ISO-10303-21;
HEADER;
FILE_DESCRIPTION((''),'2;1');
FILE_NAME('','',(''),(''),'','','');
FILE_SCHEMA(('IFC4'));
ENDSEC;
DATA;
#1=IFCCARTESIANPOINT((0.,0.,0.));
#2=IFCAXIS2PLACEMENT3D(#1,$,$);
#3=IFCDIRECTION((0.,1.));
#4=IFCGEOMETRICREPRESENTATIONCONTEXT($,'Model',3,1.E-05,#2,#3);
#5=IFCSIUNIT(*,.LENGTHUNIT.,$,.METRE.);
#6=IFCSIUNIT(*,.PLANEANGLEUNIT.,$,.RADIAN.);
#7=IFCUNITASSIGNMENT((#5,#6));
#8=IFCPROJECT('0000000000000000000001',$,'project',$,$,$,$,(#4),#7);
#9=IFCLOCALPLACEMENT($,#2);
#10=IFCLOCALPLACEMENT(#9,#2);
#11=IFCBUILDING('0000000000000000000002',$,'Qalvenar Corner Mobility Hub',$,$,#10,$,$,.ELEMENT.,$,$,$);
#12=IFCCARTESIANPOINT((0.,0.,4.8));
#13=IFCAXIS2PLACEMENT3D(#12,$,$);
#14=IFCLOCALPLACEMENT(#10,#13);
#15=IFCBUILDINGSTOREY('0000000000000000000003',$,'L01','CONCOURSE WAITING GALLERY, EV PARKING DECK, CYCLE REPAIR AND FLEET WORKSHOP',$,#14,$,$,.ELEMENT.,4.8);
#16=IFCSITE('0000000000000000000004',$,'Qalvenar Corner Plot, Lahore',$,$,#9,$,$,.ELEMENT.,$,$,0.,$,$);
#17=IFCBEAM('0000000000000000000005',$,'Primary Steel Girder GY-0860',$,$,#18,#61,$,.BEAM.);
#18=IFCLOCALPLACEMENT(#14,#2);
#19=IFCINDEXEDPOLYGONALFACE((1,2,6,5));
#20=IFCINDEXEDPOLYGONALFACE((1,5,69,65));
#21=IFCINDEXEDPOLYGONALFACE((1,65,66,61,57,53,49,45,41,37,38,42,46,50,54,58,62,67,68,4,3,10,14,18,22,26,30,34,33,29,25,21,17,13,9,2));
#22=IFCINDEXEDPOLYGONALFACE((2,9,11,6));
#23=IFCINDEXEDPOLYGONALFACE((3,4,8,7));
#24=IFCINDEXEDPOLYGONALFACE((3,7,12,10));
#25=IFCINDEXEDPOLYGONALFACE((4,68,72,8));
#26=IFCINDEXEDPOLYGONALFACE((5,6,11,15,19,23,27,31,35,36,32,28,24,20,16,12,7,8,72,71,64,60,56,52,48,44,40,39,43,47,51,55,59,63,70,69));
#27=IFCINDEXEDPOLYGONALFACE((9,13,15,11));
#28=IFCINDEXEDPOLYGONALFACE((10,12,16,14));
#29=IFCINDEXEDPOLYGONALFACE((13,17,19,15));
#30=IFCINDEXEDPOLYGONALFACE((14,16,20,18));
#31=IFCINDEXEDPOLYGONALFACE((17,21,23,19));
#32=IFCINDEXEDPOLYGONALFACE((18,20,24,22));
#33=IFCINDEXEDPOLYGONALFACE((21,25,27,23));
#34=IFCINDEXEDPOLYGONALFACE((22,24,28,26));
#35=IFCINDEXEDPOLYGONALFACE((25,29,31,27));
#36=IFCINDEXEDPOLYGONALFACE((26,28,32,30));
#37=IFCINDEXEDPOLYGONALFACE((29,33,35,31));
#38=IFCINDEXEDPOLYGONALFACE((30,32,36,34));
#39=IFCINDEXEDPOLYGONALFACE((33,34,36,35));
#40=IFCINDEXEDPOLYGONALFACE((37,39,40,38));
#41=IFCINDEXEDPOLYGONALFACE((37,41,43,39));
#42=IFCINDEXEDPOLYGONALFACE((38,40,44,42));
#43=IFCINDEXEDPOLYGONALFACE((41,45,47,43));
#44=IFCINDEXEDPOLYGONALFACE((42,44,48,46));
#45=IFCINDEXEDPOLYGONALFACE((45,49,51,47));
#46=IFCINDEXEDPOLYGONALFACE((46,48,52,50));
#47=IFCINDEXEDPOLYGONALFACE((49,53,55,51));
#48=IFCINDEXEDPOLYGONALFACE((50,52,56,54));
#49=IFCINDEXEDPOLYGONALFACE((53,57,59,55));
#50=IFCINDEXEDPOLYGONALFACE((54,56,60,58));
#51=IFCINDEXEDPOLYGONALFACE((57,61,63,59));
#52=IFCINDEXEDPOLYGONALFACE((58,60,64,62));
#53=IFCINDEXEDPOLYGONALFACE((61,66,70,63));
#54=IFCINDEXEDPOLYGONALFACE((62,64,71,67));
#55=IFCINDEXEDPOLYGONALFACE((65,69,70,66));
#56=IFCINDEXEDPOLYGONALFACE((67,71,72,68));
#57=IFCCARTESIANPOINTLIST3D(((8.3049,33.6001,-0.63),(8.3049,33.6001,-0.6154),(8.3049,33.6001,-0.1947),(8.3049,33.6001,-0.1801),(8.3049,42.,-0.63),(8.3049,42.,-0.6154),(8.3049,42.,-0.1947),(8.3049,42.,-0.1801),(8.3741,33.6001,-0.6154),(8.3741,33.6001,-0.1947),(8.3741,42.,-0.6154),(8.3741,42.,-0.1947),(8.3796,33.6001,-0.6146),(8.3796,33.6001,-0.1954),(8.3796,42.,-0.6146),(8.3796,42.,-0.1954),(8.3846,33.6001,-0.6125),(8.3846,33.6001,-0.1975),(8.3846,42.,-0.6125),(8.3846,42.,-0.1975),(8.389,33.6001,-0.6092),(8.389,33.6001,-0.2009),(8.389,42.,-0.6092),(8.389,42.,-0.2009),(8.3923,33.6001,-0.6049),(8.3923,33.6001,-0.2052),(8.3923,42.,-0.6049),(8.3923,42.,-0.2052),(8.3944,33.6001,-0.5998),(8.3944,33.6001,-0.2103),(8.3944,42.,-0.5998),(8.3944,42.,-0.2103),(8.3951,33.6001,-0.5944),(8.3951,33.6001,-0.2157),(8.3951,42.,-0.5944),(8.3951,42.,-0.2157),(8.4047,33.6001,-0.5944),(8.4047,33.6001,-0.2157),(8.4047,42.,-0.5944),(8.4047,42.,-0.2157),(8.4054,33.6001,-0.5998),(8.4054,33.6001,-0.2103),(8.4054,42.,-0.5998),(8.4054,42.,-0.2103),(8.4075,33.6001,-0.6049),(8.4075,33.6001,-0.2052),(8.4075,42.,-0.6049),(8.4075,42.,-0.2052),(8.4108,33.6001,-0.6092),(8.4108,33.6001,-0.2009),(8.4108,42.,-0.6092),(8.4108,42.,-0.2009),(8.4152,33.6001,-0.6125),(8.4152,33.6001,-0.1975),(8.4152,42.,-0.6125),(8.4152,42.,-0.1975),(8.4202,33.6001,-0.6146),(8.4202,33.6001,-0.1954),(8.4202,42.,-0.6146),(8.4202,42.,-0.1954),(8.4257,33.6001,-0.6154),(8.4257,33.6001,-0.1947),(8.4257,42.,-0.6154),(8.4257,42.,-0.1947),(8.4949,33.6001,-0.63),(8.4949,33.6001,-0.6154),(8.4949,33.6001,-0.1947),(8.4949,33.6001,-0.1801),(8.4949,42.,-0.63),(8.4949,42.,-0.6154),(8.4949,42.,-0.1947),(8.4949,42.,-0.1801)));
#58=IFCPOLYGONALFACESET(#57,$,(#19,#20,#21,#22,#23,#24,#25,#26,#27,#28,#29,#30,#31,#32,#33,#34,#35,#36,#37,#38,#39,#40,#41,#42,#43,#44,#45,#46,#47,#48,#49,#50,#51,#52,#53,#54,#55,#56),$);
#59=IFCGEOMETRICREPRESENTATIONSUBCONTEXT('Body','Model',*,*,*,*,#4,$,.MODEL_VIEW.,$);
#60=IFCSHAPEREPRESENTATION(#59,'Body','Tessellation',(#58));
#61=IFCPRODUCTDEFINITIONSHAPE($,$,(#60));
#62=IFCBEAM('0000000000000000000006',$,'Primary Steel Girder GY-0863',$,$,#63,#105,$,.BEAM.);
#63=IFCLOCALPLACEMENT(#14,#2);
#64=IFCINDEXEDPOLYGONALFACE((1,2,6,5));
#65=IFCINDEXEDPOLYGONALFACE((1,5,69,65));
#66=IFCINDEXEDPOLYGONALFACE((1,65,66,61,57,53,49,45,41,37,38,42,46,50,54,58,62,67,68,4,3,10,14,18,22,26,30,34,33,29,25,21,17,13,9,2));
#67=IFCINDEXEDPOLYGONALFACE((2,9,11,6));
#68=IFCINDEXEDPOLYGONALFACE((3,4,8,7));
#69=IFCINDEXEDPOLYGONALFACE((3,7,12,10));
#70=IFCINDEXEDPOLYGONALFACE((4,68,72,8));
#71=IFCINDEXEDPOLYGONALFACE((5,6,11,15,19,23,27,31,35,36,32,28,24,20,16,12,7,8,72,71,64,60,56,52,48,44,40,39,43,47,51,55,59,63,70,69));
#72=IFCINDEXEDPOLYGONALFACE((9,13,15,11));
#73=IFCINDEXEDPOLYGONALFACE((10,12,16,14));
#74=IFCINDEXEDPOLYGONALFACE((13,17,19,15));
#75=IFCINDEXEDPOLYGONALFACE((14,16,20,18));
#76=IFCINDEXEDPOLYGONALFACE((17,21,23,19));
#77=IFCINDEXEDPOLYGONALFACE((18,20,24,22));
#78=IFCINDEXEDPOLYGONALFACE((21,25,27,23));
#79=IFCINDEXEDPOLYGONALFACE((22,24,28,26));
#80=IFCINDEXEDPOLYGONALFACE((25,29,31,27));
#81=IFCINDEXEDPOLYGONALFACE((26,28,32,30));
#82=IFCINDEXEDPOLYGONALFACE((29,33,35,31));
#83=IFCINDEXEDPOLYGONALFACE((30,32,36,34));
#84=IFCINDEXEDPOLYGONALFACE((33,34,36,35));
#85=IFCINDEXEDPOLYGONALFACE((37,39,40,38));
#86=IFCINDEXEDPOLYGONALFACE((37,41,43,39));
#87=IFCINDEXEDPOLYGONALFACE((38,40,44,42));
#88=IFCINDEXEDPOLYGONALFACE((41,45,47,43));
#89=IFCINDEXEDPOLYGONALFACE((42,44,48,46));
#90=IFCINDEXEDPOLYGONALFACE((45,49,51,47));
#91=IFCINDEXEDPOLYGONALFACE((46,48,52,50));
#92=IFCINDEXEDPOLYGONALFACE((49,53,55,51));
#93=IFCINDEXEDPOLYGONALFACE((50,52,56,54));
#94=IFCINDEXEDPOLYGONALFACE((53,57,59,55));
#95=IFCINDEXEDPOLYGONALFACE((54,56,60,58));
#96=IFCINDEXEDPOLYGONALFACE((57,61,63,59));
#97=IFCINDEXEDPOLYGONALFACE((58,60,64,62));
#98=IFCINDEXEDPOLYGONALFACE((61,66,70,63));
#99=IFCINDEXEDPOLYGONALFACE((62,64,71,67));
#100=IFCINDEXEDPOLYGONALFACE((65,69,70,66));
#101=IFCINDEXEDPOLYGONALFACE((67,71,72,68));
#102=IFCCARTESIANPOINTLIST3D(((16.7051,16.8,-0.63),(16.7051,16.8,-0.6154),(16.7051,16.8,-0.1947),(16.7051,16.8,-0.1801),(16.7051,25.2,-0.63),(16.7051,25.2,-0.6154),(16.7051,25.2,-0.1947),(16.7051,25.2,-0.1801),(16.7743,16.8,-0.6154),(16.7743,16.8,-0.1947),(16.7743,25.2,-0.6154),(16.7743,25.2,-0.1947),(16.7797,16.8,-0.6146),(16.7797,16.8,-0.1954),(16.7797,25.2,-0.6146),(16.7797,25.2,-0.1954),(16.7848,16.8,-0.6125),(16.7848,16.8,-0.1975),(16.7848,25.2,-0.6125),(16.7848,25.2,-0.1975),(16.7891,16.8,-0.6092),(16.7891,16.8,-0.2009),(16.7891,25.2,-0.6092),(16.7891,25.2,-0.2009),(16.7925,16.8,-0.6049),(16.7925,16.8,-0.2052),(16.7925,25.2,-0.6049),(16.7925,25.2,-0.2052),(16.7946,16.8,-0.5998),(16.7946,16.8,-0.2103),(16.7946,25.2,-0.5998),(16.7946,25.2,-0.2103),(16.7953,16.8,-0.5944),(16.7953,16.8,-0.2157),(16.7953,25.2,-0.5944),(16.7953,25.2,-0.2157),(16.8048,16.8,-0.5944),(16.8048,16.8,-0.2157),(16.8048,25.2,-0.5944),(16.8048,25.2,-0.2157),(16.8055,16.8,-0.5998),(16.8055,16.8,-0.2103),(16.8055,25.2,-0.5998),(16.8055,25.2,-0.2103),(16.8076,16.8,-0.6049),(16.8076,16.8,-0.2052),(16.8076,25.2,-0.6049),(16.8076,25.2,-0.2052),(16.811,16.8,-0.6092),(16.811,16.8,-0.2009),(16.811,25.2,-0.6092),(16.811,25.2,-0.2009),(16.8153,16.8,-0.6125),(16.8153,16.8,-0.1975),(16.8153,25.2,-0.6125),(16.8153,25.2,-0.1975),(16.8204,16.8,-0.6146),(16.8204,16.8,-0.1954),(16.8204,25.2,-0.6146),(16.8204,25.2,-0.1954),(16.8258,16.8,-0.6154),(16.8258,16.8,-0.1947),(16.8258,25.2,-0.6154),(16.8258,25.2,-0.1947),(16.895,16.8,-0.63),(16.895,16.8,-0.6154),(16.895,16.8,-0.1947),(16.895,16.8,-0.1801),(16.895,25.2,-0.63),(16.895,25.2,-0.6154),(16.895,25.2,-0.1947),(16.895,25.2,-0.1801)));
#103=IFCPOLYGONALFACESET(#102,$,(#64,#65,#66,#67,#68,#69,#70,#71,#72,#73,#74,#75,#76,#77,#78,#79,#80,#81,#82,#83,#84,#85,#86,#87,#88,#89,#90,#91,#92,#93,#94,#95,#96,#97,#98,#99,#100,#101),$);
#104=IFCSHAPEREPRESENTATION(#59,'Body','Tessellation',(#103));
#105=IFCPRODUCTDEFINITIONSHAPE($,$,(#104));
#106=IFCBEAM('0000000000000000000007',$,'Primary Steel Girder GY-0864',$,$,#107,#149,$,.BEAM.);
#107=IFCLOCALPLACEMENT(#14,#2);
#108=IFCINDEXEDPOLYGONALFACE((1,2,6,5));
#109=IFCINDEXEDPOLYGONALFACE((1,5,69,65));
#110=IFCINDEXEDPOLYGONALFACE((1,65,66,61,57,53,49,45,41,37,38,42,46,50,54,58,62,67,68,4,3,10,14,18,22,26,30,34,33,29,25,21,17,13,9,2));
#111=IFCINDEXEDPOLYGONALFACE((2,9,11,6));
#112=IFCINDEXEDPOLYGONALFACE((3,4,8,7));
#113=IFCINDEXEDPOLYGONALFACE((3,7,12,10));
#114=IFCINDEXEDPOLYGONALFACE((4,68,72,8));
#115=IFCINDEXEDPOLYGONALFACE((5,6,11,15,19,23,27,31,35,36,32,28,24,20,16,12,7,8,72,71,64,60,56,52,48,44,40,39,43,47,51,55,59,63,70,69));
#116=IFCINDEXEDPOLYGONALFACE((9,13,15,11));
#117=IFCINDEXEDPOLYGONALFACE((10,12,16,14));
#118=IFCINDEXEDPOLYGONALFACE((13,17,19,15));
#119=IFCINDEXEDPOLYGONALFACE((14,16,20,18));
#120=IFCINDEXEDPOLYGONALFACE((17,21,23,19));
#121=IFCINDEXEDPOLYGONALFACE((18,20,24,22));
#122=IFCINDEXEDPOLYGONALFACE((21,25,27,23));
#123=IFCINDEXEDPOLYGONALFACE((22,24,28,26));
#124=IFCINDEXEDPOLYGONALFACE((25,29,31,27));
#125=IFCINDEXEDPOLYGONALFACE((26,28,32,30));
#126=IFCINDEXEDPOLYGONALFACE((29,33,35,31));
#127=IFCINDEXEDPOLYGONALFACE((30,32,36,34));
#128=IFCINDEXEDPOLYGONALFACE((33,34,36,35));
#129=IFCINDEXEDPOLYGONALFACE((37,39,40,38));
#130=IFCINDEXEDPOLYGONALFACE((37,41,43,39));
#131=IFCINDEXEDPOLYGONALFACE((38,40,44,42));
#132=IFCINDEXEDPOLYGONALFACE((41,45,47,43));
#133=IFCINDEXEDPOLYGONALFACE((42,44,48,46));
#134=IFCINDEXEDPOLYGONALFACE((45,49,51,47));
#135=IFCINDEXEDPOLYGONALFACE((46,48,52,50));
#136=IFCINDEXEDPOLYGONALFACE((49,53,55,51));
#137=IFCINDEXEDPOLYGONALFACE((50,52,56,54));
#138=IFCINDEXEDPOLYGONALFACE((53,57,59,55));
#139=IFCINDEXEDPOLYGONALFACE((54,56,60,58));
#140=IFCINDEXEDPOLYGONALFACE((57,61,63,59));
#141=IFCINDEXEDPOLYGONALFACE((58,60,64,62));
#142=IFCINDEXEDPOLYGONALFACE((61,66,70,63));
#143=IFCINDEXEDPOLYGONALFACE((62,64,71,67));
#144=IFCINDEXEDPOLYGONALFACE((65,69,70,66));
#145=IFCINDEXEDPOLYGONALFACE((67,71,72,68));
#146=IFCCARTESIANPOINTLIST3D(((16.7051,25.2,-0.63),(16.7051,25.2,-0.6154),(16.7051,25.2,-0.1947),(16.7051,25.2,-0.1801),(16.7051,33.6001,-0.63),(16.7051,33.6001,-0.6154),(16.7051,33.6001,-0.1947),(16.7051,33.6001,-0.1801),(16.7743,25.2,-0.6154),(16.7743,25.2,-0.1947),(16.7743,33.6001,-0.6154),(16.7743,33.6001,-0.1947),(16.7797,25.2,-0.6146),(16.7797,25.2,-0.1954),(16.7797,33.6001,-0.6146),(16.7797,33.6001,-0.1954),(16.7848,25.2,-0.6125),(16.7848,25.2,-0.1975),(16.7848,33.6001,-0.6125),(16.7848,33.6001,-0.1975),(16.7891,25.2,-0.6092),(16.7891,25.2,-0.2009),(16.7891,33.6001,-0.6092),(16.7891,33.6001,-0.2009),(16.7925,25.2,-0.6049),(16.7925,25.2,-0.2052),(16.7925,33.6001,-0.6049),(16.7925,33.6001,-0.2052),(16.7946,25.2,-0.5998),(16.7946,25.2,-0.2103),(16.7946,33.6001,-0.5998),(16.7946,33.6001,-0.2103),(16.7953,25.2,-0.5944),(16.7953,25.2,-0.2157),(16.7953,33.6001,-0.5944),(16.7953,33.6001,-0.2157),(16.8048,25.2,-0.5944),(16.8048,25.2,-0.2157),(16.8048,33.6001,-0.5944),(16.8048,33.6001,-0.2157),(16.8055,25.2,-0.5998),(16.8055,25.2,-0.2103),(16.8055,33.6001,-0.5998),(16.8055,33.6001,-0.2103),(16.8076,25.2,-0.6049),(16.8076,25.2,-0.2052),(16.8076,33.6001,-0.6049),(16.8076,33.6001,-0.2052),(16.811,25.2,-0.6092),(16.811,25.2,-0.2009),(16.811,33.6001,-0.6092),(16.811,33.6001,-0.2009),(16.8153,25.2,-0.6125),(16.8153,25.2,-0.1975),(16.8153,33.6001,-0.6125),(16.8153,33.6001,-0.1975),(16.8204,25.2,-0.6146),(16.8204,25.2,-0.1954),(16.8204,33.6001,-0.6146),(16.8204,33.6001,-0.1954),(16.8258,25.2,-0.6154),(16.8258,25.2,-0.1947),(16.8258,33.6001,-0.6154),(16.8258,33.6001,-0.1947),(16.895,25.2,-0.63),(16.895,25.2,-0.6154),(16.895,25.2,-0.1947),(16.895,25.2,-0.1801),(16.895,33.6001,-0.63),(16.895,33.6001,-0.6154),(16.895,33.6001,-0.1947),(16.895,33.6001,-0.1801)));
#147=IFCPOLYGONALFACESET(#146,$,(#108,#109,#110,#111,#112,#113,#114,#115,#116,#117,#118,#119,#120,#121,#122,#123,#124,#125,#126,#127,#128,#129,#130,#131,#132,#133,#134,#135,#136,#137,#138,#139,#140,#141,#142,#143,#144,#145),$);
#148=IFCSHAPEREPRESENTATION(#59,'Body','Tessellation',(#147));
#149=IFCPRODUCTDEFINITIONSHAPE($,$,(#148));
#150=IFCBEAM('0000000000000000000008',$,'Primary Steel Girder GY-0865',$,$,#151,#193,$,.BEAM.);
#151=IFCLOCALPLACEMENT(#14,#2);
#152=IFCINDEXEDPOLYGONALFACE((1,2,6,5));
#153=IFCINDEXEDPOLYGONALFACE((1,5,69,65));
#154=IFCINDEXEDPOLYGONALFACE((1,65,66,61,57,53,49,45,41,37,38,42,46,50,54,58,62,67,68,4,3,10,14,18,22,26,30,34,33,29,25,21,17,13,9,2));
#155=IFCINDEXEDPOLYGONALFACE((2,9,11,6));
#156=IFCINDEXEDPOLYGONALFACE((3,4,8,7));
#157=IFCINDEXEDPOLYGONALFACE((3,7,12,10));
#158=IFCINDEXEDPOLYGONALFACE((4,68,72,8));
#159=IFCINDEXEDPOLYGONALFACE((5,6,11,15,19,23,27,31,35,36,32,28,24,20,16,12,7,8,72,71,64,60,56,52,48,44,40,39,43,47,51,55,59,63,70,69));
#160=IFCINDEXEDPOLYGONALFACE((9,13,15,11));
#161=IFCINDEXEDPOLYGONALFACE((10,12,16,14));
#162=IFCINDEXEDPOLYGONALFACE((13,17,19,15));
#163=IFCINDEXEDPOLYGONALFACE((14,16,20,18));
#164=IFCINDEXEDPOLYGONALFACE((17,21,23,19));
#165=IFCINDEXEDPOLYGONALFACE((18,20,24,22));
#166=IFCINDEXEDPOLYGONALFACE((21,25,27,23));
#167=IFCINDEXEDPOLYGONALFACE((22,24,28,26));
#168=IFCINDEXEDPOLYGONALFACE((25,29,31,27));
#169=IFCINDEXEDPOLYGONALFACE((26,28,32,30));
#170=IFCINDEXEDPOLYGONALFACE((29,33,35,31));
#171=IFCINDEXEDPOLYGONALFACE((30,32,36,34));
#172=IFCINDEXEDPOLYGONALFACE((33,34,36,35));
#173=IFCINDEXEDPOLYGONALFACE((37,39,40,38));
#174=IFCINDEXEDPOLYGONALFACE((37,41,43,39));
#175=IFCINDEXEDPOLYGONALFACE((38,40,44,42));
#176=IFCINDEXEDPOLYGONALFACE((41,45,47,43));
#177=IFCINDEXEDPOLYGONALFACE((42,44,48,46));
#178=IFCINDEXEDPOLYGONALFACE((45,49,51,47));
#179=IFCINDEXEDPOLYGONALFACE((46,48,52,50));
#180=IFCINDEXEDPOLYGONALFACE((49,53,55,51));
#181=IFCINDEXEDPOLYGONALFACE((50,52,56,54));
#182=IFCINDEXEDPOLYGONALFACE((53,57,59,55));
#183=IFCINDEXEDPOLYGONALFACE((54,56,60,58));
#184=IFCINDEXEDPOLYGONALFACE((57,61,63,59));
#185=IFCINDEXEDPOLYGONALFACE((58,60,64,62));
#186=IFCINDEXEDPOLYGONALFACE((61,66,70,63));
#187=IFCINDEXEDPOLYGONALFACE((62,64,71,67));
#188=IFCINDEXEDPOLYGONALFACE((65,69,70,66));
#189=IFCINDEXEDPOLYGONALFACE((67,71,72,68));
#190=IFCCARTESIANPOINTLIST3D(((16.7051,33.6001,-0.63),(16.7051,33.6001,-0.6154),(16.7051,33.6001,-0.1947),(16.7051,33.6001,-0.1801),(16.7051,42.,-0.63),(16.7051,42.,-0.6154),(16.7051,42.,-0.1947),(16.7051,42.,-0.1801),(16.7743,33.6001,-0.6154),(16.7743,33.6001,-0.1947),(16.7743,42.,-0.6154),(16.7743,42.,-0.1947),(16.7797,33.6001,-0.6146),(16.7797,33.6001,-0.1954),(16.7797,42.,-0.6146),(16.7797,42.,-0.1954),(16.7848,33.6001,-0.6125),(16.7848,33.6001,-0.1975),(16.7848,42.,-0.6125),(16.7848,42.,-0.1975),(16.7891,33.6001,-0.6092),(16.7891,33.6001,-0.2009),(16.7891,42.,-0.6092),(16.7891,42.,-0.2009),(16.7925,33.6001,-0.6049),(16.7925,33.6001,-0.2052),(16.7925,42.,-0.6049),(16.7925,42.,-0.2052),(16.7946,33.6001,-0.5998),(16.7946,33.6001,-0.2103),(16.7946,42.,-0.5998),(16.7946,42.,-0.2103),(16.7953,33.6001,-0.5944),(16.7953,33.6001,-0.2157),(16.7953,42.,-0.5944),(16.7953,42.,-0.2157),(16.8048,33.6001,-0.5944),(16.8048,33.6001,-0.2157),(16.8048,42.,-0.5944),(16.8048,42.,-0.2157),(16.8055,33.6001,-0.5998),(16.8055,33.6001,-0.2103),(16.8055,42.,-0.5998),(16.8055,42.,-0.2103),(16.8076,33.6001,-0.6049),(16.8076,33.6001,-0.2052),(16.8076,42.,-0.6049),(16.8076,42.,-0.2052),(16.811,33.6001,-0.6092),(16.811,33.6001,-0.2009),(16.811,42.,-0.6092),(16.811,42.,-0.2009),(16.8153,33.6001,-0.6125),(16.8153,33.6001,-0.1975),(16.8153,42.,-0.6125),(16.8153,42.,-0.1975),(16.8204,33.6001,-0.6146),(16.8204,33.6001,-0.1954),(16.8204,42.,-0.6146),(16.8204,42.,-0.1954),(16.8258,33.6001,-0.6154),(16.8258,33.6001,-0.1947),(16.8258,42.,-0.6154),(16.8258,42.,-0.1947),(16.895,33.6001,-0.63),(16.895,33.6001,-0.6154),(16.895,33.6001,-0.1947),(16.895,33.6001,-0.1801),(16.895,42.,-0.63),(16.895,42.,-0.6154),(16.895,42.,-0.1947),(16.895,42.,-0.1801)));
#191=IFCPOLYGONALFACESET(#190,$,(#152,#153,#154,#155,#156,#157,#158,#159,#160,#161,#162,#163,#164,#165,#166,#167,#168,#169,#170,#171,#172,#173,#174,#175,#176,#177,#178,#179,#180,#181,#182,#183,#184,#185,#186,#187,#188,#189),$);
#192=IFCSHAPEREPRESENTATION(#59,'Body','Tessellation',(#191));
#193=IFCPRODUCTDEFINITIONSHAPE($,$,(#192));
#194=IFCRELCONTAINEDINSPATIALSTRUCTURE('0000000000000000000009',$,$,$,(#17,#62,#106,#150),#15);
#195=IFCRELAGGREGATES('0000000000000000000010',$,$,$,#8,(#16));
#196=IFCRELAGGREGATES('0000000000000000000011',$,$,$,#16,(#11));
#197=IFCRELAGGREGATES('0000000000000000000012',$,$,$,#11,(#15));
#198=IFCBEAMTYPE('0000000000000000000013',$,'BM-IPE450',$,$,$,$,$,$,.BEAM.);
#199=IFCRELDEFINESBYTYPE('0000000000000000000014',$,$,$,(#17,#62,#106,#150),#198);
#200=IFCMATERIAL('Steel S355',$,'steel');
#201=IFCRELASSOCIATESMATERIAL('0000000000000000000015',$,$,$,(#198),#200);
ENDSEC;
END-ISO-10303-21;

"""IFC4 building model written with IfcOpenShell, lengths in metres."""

from ifc_helpers import new_model, si_unit, direction, frame, origin, origin_2d, place, context, subcontext, project, spatial, i_section, extrude, material, material_profile, profile_set, type_object, element, save


model = new_model("IFC4")

# Units and contexts
model_context = context("Model", 3, precision=1e-05, world=origin(), true_north=direction((0.0, 1.0)))
body_context = subcontext(model_context, "Body", "Model", "MODEL_VIEW")
ifc_project = project(units=[si_unit("LENGTHUNIT", "METRE"), si_unit("PLANEANGLEUNIT", "RADIAN")], contexts=[model_context])

# Site, building, storey
site_placement = place(None, origin())
site = spatial("IfcSite", under=ifc_project, at=site_placement, Name="Qalvenar Corner Plot, Lahore", CompositionType="ELEMENT", RefElevation=0.0)
building_placement = place(site_placement, origin())
building = spatial("IfcBuilding", under=site, at=building_placement, Name="Qalvenar Corner Mobility Hub", CompositionType="ELEMENT")
storey_placement = place(building_placement, frame((0.0, 0.0, 4.8)))
storey = spatial("IfcBuildingStorey", under=building, at=storey_placement, Name="L01", Description="CONCOURSE WAITING GALLERY, EV PARKING DECK, CYCLE REPAIR AND FLEET WORKSHOP", CompositionType="ELEMENT", Elevation=4.8)

# Shared definitions
ifc_material_1 = material(Name="Steel S355", Category="steel")

# Beams
ifc_material_profile_1 = material_profile(ifc_material_1, i_section(OverallWidth=0.1899, OverallDepth=0.45, WebThickness=0.0095, FlangeThickness=0.0146, FilletRadius=0.021, at=origin_2d()), Name="IPE450")
ifc_profile_set_1 = profile_set([ifc_material_profile_1], Name="Steel S355")
beam_type_1 = type_object("IfcBeamType", Name="BM-IPE450", PredefinedType="BEAM", material=ifc_profile_set_1)
for number, where, z_axis, x_axis, name in (
    (1, (8.3999, 33.6001, -0.405), (0.0, 1.0, 0.0), (-1.0, 0.0, 0.0), "Primary Steel Girder GY-0860"),
    (2, (16.8, 16.8, -0.405), (0.0, 1.0, 0.0), (-1.0, 0.0, 0.0), "Primary Steel Girder GY-0863"),
):
    element("IfcBeam", number, at=place(storey_placement, frame(where, z_axis=z_axis, x_axis=x_axis)), inside=storey, type_object=beam_type_1, Name=name, PredefinedType="BEAM", context=body_context, shape_type="SweptSolid", body=[
        extrude(i_section(OverallWidth=0.1899, OverallDepth=0.45, WebThickness=0.0095, FlangeThickness=0.0146, FilletRadius=0.021, at=origin_2d()), origin(), (0.0, 0.0, 1.0), 8.3999),
    ])
beam_1_placement = place(storey_placement, frame((16.8, 25.2, -0.405), z_axis=(0.0, 1.0, 0.0), x_axis=(-1.0, 0.0, 0.0)))
element("IfcBeam", 3, at=beam_1_placement, inside=storey, type_object=beam_type_1, Name="Primary Steel Girder GY-0864", PredefinedType="BEAM", context=body_context, shape_type="SweptSolid", body=[
    extrude(i_section(OverallWidth=0.1899, OverallDepth=0.45, WebThickness=0.0095, FlangeThickness=0.0146, FilletRadius=0.021, at=origin_2d()), origin(), (0.0, 0.0, 1.0), 8.4001),
])
for number, where, z_axis, x_axis, name in (
    (4, (16.8, 33.6001, -0.405), (0.0, 1.0, 0.0), (-1.0, 0.0, 0.0), "Primary Steel Girder GY-0865"),
):
    element("IfcBeam", number, at=place(storey_placement, frame(where, z_axis=z_axis, x_axis=x_axis)), inside=storey, type_object=beam_type_1, Name=name, PredefinedType="BEAM", context=body_context, shape_type="SweptSolid", body=[
        extrude(i_section(OverallWidth=0.1899, OverallDepth=0.45, WebThickness=0.0095, FlangeThickness=0.0146, FilletRadius=0.021, at=origin_2d()), origin(), (0.0, 0.0, 1.0), 8.3999),
    ])

save(model, "model.ifc")
